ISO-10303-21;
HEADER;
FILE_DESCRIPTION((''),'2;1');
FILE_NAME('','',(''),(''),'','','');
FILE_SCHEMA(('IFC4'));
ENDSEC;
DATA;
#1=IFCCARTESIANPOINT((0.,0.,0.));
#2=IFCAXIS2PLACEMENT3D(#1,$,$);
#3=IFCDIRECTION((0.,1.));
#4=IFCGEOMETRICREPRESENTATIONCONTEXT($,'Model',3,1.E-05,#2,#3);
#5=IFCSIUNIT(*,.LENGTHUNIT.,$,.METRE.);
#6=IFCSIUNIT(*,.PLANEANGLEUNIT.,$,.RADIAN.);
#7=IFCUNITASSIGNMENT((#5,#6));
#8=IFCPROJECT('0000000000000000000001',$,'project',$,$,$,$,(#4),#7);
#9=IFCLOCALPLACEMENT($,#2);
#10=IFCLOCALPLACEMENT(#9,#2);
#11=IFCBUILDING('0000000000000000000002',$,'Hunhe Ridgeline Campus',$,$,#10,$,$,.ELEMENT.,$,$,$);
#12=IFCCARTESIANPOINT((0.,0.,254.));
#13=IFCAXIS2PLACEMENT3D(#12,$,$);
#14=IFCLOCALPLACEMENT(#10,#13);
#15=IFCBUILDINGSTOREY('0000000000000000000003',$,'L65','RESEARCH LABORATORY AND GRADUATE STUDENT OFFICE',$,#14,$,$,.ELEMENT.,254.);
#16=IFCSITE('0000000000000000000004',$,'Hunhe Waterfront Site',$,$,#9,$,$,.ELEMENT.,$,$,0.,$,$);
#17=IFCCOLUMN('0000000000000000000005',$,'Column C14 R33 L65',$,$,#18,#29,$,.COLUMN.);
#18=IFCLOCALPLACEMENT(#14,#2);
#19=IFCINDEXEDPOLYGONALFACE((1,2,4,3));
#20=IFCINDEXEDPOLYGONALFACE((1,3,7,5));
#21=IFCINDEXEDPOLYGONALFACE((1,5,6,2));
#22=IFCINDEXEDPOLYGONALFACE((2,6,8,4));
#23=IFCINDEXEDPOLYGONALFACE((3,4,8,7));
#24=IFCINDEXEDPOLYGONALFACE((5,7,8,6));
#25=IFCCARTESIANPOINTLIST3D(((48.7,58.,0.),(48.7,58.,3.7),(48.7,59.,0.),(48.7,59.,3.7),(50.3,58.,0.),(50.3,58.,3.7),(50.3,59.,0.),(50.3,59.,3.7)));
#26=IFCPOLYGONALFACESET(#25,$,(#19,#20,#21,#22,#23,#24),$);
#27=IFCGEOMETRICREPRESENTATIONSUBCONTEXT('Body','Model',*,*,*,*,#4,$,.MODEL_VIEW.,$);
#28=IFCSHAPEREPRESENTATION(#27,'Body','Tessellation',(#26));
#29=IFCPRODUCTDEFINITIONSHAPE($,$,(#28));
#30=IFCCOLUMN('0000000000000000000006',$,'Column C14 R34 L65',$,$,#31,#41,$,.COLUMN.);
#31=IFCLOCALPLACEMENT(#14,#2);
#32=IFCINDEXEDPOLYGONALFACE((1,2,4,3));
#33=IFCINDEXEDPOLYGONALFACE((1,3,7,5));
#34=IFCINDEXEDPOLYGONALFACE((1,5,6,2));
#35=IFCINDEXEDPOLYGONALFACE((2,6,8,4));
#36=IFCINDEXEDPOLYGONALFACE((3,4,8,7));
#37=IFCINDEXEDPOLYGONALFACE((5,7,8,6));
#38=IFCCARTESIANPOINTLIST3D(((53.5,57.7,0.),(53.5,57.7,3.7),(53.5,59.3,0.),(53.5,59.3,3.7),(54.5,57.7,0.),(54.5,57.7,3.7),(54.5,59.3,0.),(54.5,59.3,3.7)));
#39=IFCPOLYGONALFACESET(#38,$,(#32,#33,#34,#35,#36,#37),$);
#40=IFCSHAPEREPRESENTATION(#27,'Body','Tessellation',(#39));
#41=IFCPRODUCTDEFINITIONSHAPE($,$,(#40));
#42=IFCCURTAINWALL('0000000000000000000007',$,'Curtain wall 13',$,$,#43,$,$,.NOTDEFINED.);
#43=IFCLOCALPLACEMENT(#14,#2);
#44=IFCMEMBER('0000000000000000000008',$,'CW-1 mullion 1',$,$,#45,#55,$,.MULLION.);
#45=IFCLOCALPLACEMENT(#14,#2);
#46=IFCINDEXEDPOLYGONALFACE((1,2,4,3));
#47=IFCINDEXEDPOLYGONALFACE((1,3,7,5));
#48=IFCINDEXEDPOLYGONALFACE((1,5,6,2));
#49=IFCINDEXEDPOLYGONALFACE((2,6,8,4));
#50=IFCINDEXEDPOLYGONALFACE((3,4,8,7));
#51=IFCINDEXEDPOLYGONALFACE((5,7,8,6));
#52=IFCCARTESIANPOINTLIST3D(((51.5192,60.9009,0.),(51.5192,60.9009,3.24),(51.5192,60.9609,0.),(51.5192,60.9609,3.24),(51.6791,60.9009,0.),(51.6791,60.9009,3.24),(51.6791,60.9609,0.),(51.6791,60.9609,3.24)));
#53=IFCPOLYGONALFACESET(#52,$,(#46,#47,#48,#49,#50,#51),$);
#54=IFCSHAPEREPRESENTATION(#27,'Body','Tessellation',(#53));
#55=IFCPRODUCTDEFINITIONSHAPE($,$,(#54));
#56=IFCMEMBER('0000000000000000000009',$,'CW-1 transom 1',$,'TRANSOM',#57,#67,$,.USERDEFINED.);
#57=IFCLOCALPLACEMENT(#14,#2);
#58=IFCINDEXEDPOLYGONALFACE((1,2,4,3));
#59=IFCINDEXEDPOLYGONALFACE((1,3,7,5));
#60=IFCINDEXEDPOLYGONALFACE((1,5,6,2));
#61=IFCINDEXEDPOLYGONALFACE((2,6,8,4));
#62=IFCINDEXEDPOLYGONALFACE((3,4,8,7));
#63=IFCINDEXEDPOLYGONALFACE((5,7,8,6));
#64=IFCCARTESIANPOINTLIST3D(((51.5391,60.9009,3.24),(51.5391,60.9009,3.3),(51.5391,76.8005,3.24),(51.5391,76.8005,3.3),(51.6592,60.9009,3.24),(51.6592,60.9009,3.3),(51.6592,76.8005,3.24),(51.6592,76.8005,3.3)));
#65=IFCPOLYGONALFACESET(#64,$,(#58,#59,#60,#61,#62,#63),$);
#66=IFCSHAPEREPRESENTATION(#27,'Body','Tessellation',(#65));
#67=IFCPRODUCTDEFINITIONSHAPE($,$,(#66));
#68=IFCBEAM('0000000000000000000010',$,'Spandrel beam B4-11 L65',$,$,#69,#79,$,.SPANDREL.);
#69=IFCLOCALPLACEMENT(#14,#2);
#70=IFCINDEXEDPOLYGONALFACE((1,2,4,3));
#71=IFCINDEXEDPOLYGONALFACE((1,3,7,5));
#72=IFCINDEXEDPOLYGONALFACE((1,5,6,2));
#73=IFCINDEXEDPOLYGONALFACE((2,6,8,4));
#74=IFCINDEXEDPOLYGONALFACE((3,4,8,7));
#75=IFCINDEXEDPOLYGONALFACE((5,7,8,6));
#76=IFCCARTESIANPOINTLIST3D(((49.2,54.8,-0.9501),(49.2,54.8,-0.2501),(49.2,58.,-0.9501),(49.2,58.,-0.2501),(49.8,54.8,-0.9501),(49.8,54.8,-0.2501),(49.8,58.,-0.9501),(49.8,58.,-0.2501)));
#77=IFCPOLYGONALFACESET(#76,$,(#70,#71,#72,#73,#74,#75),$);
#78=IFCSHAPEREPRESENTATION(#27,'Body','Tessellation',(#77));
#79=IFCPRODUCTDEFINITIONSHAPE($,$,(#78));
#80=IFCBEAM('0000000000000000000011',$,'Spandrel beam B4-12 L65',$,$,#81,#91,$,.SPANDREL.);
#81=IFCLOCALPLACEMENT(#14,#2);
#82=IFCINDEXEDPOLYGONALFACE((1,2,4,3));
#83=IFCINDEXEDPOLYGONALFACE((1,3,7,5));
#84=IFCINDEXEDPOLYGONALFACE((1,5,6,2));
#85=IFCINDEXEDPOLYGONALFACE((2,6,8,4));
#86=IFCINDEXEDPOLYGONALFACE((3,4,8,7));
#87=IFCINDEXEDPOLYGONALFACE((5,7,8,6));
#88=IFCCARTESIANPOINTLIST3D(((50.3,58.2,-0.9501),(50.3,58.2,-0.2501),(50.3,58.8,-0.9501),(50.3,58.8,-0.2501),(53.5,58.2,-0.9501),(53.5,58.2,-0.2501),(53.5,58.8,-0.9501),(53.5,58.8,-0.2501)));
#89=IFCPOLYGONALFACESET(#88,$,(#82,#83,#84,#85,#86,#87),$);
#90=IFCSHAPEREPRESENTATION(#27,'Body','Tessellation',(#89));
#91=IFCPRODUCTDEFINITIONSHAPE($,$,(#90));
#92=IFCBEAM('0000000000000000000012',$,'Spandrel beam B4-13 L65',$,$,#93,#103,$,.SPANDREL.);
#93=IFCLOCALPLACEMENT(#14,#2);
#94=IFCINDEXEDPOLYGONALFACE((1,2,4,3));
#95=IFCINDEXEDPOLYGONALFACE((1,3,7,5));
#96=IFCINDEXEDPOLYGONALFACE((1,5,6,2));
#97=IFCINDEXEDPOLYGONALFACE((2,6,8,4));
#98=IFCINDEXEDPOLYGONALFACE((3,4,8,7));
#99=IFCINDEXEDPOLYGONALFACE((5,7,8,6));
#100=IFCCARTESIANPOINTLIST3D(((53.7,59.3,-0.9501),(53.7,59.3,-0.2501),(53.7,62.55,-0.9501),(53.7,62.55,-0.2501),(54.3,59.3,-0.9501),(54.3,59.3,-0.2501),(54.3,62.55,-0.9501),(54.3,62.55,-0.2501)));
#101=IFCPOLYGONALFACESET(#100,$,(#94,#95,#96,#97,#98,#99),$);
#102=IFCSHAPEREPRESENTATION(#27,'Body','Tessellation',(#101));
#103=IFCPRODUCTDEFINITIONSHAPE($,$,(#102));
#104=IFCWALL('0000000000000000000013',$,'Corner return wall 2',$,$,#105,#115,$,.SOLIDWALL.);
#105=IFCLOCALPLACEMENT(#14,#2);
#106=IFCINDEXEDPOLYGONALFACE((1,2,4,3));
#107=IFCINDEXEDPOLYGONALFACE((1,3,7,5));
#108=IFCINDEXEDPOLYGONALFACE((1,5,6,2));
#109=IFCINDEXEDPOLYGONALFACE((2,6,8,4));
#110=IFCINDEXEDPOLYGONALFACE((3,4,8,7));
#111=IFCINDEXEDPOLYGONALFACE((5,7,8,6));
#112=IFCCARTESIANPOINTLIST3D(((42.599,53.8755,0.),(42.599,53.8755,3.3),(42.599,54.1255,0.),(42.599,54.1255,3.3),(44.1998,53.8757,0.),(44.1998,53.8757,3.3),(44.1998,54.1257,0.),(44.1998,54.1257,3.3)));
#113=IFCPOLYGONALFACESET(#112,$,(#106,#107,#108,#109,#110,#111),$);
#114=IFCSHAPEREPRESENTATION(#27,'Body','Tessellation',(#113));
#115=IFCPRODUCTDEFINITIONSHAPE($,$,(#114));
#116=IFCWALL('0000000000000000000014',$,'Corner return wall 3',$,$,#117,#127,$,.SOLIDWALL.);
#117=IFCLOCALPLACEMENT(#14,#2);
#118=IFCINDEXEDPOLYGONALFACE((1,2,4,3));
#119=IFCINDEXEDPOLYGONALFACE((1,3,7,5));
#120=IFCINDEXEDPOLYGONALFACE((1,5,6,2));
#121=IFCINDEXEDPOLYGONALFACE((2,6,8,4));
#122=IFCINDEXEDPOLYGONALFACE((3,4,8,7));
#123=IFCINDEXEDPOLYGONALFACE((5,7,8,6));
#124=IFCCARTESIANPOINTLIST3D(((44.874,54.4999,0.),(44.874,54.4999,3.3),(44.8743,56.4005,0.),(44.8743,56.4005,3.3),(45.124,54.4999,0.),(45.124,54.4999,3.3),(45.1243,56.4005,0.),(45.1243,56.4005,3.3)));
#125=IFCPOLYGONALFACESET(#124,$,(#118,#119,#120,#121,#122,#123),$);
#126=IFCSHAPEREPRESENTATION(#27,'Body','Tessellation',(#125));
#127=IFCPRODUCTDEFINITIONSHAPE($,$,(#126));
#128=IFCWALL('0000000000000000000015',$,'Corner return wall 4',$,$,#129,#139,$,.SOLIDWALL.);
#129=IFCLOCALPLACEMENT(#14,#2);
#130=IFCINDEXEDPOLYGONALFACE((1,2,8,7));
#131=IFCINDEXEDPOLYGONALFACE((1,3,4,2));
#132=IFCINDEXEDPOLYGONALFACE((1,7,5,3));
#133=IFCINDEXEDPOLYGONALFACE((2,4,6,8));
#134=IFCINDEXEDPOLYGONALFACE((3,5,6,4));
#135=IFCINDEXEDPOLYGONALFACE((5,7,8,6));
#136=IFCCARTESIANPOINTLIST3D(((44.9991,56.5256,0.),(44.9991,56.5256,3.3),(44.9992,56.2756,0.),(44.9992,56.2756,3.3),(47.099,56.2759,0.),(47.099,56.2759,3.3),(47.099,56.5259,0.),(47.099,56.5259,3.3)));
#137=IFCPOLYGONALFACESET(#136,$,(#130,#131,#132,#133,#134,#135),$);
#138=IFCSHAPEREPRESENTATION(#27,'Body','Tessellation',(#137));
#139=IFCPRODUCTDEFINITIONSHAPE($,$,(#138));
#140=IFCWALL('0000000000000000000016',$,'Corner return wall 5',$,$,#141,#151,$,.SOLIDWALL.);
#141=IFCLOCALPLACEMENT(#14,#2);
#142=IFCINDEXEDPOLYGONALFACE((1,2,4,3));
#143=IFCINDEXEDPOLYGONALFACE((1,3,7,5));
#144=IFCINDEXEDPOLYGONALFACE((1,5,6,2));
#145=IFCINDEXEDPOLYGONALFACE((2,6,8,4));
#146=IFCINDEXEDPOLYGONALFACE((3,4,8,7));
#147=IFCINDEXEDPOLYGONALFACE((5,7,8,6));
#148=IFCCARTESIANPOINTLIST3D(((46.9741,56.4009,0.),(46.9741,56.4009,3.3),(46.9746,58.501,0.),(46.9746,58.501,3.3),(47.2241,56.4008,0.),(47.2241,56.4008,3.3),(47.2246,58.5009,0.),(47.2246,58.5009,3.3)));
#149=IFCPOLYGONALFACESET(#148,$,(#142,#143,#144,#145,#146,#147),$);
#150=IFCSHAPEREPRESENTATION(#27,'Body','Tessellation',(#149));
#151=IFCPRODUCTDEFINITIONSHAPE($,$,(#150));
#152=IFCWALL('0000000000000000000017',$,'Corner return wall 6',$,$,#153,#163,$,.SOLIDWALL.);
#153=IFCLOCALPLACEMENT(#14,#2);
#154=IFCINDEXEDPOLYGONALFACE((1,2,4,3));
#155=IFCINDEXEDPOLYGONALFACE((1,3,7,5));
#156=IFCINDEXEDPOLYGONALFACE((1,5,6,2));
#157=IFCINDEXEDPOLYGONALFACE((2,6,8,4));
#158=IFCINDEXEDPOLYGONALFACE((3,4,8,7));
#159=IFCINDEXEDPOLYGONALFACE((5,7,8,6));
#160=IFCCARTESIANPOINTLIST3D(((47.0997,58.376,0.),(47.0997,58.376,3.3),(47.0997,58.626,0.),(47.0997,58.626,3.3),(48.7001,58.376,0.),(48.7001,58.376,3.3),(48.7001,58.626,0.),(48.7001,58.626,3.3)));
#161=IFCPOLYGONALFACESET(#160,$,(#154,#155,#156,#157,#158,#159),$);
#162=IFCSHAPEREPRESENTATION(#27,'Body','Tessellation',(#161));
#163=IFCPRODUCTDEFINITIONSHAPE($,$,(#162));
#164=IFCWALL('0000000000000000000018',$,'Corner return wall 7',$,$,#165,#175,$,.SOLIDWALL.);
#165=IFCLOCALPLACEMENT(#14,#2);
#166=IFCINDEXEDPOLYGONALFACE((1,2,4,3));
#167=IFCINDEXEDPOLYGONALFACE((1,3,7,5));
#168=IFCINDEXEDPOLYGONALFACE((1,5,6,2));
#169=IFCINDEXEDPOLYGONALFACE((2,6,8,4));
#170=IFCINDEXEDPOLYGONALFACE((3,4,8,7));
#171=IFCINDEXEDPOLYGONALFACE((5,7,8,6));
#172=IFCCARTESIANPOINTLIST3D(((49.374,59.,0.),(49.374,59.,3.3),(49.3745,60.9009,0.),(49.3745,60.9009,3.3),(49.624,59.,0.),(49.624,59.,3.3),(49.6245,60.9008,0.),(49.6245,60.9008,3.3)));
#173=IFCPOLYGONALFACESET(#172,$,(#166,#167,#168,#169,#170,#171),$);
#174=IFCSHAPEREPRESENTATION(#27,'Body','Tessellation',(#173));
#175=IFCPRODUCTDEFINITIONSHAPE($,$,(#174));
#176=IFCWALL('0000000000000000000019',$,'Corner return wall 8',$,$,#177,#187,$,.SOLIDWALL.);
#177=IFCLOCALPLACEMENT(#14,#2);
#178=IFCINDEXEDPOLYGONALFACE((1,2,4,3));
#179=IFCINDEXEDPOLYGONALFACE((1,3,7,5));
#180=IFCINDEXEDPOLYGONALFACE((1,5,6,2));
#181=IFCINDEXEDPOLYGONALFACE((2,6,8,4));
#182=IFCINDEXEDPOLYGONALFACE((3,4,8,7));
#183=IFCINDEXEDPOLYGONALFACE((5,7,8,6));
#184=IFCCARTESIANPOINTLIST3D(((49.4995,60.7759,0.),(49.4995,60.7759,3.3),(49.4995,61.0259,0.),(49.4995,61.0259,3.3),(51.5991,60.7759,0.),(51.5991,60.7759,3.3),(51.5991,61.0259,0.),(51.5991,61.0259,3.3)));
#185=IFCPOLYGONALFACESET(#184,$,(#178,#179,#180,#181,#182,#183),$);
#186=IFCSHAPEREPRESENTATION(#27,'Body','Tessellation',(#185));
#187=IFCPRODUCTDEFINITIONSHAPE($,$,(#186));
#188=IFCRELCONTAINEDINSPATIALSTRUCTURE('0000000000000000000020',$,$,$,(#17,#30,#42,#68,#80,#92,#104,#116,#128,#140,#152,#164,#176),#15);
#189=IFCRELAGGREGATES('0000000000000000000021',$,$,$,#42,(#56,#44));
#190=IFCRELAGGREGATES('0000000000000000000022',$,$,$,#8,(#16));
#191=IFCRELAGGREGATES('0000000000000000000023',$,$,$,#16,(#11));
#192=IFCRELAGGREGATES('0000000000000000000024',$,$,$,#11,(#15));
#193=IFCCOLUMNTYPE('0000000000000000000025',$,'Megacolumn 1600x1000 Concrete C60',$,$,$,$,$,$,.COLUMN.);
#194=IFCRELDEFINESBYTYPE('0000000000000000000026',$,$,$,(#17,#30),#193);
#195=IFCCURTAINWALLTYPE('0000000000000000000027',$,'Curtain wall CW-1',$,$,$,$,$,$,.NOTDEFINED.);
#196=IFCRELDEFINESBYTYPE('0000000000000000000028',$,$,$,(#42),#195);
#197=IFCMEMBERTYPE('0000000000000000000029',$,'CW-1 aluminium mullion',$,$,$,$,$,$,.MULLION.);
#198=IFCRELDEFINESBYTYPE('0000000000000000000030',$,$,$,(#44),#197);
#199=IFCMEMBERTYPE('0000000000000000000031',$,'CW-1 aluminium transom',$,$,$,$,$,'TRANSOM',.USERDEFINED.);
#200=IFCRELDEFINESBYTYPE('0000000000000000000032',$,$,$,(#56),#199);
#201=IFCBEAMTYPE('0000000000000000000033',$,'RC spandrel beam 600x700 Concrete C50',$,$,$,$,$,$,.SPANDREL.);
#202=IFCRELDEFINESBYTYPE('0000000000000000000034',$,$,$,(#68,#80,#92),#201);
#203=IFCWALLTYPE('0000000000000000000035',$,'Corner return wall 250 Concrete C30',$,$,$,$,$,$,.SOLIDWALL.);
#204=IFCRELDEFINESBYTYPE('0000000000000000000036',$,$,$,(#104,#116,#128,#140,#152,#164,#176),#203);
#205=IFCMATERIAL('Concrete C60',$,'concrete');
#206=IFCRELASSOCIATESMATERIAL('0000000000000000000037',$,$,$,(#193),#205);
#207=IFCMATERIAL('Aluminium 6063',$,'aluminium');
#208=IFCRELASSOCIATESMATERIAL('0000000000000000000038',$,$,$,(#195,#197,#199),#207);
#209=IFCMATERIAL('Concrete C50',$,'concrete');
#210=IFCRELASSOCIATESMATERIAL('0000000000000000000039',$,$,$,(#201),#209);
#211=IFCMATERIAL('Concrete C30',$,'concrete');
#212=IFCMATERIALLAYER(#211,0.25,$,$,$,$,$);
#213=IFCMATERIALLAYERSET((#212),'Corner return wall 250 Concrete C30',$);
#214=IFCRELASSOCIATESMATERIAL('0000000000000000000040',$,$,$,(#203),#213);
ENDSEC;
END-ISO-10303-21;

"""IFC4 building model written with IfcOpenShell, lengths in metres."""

from ifc_helpers import new_model, si_unit, direction, frame, frame_2d, origin, origin_2d, place, context, subcontext, project, spatial, rectangle, extrude, material, layer, layer_set, material_profile, profile_set, type_object, element, aggregate, save


model = new_model("IFC4")

# Units and contexts
model_context = context("Model", 3, precision=1e-05, world=origin(), true_north=direction((0.0, 1.0)))
body_context = subcontext(model_context, "Body", "Model", "MODEL_VIEW")
ifc_project = project(units=[si_unit("LENGTHUNIT", "METRE"), si_unit("PLANEANGLEUNIT", "RADIAN")], contexts=[model_context])

# Site, building, storey
site_placement = place(None, origin())
site = spatial("IfcSite", under=ifc_project, at=site_placement, Name="Hunhe Waterfront Site", CompositionType="ELEMENT", RefElevation=0.0)
building_placement = place(site_placement, origin())
building = spatial("IfcBuilding", under=site, at=building_placement, Name="Hunhe Ridgeline Campus", CompositionType="ELEMENT")
storey_placement = place(building_placement, frame((0.0, 0.0, 254.0)))
storey = spatial("IfcBuildingStorey", under=building, at=storey_placement, Name="L65", Description="RESEARCH LABORATORY AND GRADUATE STUDENT OFFICE", CompositionType="ELEMENT", Elevation=254.0)

# Columns
ifc_material_1 = material(Name="Concrete C60", Category="concrete")
ifc_material_profile_1 = material_profile(ifc_material_1, rectangle(XDim=1.6001, YDim=1.0, at=origin_2d()))
ifc_profile_set_1 = profile_set([ifc_material_profile_1], Name="Concrete C60")
column_type = type_object("IfcColumnType", Name="Megacolumn 1600x1000 Concrete C60", PredefinedType="COLUMN", material=ifc_profile_set_1)
for number, where, z_axis, x_axis, name in (
    (1, (49.5, 58.5, 0.0), (0.0, 0.0, 1.0), (1.0, 0.0, 0.0), "Column C14 R33 L65"),
    (2, (54.0, 58.5, 0.0), (0.0, 0.0, 1.0), (0.0, 1.0, 0.0), "Column C14 R34 L65"),
):
    element("IfcColumn", number, at=place(storey_placement, frame(where, z_axis=z_axis, x_axis=x_axis)), inside=storey, type_object=column_type, Name=name, PredefinedType="COLUMN", context=body_context, shape_type="SweptSolid", body=[
        extrude(rectangle(XDim=1.6001, YDim=1.0, at=origin_2d()), origin(), (0.0, 0.0, 1.0), 3.7),
    ])

# Curtain wall, members
ifc_material_2 = material(Name="Aluminium 6063", Category="aluminium")
curtain_wall_type = type_object("IfcCurtainWallType", Name="Curtain wall CW-1", PredefinedType="NOTDEFINED", material=ifc_material_2)
curtain_wall_placement = place(storey_placement, origin())
curtain_wall = element("IfcCurtainWall", 3, at=curtain_wall_placement, inside=storey, type_object=curtain_wall_type, Name="Curtain wall 13", PredefinedType="NOTDEFINED")
ifc_material_profile_2 = material_profile(ifc_material_2, rectangle(XDim=0.1599, YDim=0.0601, at=origin_2d()))
ifc_profile_set_2 = profile_set([ifc_material_profile_2], Name="Aluminium 6063")
member_type_1 = type_object("IfcMemberType", Name="CW-1 aluminium mullion", PredefinedType="MULLION", material=ifc_profile_set_2)
member_1_placement = place(storey_placement, frame((51.5991, 60.9309, 0.0), z_axis=(0.0, 0.0, 1.0), x_axis=(-1.0, 0.0, 0.0)))
member_1 = element("IfcMember", 4, at=member_1_placement, type_object=member_type_1, Name="CW-1 mullion 1", PredefinedType="MULLION", context=body_context, shape_type="SweptSolid", body=[
    extrude(rectangle(XDim=0.1599, YDim=0.0601, at=origin_2d()), origin(), (0.0, 0.0, 1.0), 3.24),
])
ifc_material_profile_3 = material_profile(ifc_material_2, rectangle(XDim=0.1201, YDim=0.0601, at=origin_2d()))
ifc_profile_set_3 = profile_set([ifc_material_profile_3], Name="Aluminium 6063")
member_type_2 = type_object("IfcMemberType", Name="CW-1 aluminium transom", ElementType="TRANSOM", PredefinedType="USERDEFINED", material=ifc_profile_set_3)
member_2_placement = place(storey_placement, frame((51.5991, 60.9009, 3.27), z_axis=(0.0, 1.0, 0.0), x_axis=(-1.0, 0.0, 0.0)))
member_2 = element("IfcMember", 5, at=member_2_placement, type_object=member_type_2, Name="CW-1 transom 1", ObjectType="TRANSOM", PredefinedType="USERDEFINED", context=body_context, shape_type="SweptSolid", body=[
    extrude(rectangle(XDim=0.1201, YDim=0.0601, at=origin_2d()), origin(), (0.0, 0.0, 1.0), 15.8997),
])
aggregate(curtain_wall, [member_2, member_1])

# Beams
ifc_material_3 = material(Name="Concrete C50", Category="concrete")
ifc_material_profile_4 = material_profile(ifc_material_3, rectangle(XDim=0.6001, YDim=0.7, at=origin_2d()))
ifc_profile_set_4 = profile_set([ifc_material_profile_4], Name="Concrete C50")
beam_type = type_object("IfcBeamType", Name="RC spandrel beam 600x700 Concrete C50", PredefinedType="SPANDREL", material=ifc_profile_set_4)
for number, where, z_axis, x_axis, name in (
    (6, (49.5, 54.8, -0.6001), (0.0, 1.0, 0.0), (-1.0, 0.0, 0.0), "Spandrel beam B4-11 L65"),
    (7, (50.3, 58.5, -0.6001), (1.0, 0.0, 0.0), (0.0, 1.0, 0.0), "Spandrel beam B4-12 L65"),
):
    element("IfcBeam", number, at=place(storey_placement, frame(where, z_axis=z_axis, x_axis=x_axis)), inside=storey, type_object=beam_type, Name=name, PredefinedType="SPANDREL", context=body_context, shape_type="SweptSolid", body=[
        extrude(rectangle(XDim=0.6001, YDim=0.7, at=origin_2d()), origin(), (0.0, 0.0, 1.0), 3.2),
    ])
beam_placement = place(storey_placement, frame((54.0, 59.3, -0.6001), z_axis=(0.0, 1.0, 0.0), x_axis=(-1.0, 0.0, 0.0)))
element("IfcBeam", 8, at=beam_placement, inside=storey, type_object=beam_type, Name="Spandrel beam B4-13 L65", PredefinedType="SPANDREL", context=body_context, shape_type="SweptSolid", body=[
    extrude(rectangle(XDim=0.6001, YDim=0.7, at=origin_2d()), origin(), (0.0, 0.0, 1.0), 3.25),
])

# Walls
ifc_material_4 = material(Name="Concrete C30", Category="concrete")
ifc_layer_1 = layer(ifc_material_4, 0.25)
ifc_layer_set_1 = layer_set([ifc_layer_1], Name="Corner return wall 250 Concrete C30")
wall_type_1 = type_object("IfcWallType", Name="Corner return wall 250 Concrete C30", PredefinedType="SOLIDWALL", material=ifc_layer_set_1)
wall_1_placement = place(storey_placement, frame((42.5991, 54.0005, 0.0), z_axis=(0.0, 0.0, 1.0), x_axis=(1.0, 0.000153, 0.0)))
element("IfcWall", 9, at=wall_1_placement, inside=storey, type_object=wall_type_1, Name="Corner return wall 2", PredefinedType="SOLIDWALL", context=body_context, shape_type="SweptSolid", body=[
    extrude(rectangle(XDim=1.6008, YDim=0.25, at=frame_2d((0.8003, 0.0))), origin(), (0.0, 0.0, 1.0), 3.3),
])
wall_2_placement = place(storey_placement, frame((44.999, 54.5, 0.0), z_axis=(0.0, 0.0, 1.0), x_axis=(0.000128, 1.0, 0.0)))
element("IfcWall", 10, at=wall_2_placement, inside=storey, type_object=wall_type_1, Name="Corner return wall 3", PredefinedType="SOLIDWALL", context=body_context, shape_type="SweptSolid", body=[
    extrude(rectangle(XDim=1.9006, YDim=0.25, at=frame_2d((0.9502, 0.0))), origin(), (0.0, 0.0, 1.0), 3.3),
])
wall_3_placement = place(storey_placement, frame((44.9993, 56.4006, 0.0), z_axis=(0.0, 0.0, 1.0), x_axis=(1.0, 0.000116, 0.0)))
element("IfcWall", 11, at=wall_3_placement, inside=storey, type_object=wall_type_1, Name="Corner return wall 4", PredefinedType="SOLIDWALL", context=body_context, shape_type="SweptSolid", body=[
    extrude(rectangle(XDim=2.0999, YDim=0.25, at=frame_2d((1.0498, 0.0))), origin(), (0.0, 0.0, 1.0), 3.3),
])
wall_4_placement = place(storey_placement, frame((47.0991, 56.4009, 0.0), z_axis=(0.0, 0.0, 1.0), x_axis=(0.000233, 1.0, 0.0)))
element("IfcWall", 12, at=wall_4_placement, inside=storey, type_object=wall_type_1, Name="Corner return wall 5", PredefinedType="SOLIDWALL", context=body_context, shape_type="SweptSolid", body=[
    extrude(rectangle(XDim=2.1001, YDim=0.25, at=frame_2d((1.05, 0.0))), origin(), (0.0, 0.0, 1.0), 3.3),
])
wall_5_placement = place(storey_placement, frame((47.0996, 58.501, 0.0), z_axis=(0.0, 0.0, 1.0), x_axis=(1.0, 0.0, 0.0)))
element("IfcWall", 13, at=wall_5_placement, inside=storey, type_object=wall_type_1, Name="Corner return wall 6", PredefinedType="SOLIDWALL", context=body_context, shape_type="SweptSolid", body=[
    extrude(rectangle(XDim=1.6003, YDim=0.25, at=frame_2d((0.8003, 0.0))), origin(), (0.0, 0.0, 1.0), 3.3),
])
wall_6_placement = place(storey_placement, frame((49.499, 59.0, 0.0), z_axis=(0.0, 0.0, 1.0), x_axis=(0.000257, 1.0, 0.0)))
element("IfcWall", 14, at=wall_6_placement, inside=storey, type_object=wall_type_1, Name="Corner return wall 7", PredefinedType="SOLIDWALL", context=body_context, shape_type="SweptSolid", body=[
    extrude(rectangle(XDim=1.9009, YDim=0.25, at=frame_2d((0.9504, 0.0))), origin(), (0.0, 0.0, 1.0), 3.3),
])
wall_7_placement = place(storey_placement, frame((49.4995, 60.9009, 0.0), z_axis=(0.0, 0.0, 1.0), x_axis=(1.0, 0.0, 0.0)))
element("IfcWall", 15, at=wall_7_placement, inside=storey, type_object=wall_type_1, Name="Corner return wall 8", PredefinedType="SOLIDWALL", context=body_context, shape_type="SweptSolid", body=[
    extrude(rectangle(XDim=2.0996, YDim=0.25, at=frame_2d((1.0498, 0.0))), origin(), (0.0, 0.0, 1.0), 3.3),
])

save(model, "model.ifc")
